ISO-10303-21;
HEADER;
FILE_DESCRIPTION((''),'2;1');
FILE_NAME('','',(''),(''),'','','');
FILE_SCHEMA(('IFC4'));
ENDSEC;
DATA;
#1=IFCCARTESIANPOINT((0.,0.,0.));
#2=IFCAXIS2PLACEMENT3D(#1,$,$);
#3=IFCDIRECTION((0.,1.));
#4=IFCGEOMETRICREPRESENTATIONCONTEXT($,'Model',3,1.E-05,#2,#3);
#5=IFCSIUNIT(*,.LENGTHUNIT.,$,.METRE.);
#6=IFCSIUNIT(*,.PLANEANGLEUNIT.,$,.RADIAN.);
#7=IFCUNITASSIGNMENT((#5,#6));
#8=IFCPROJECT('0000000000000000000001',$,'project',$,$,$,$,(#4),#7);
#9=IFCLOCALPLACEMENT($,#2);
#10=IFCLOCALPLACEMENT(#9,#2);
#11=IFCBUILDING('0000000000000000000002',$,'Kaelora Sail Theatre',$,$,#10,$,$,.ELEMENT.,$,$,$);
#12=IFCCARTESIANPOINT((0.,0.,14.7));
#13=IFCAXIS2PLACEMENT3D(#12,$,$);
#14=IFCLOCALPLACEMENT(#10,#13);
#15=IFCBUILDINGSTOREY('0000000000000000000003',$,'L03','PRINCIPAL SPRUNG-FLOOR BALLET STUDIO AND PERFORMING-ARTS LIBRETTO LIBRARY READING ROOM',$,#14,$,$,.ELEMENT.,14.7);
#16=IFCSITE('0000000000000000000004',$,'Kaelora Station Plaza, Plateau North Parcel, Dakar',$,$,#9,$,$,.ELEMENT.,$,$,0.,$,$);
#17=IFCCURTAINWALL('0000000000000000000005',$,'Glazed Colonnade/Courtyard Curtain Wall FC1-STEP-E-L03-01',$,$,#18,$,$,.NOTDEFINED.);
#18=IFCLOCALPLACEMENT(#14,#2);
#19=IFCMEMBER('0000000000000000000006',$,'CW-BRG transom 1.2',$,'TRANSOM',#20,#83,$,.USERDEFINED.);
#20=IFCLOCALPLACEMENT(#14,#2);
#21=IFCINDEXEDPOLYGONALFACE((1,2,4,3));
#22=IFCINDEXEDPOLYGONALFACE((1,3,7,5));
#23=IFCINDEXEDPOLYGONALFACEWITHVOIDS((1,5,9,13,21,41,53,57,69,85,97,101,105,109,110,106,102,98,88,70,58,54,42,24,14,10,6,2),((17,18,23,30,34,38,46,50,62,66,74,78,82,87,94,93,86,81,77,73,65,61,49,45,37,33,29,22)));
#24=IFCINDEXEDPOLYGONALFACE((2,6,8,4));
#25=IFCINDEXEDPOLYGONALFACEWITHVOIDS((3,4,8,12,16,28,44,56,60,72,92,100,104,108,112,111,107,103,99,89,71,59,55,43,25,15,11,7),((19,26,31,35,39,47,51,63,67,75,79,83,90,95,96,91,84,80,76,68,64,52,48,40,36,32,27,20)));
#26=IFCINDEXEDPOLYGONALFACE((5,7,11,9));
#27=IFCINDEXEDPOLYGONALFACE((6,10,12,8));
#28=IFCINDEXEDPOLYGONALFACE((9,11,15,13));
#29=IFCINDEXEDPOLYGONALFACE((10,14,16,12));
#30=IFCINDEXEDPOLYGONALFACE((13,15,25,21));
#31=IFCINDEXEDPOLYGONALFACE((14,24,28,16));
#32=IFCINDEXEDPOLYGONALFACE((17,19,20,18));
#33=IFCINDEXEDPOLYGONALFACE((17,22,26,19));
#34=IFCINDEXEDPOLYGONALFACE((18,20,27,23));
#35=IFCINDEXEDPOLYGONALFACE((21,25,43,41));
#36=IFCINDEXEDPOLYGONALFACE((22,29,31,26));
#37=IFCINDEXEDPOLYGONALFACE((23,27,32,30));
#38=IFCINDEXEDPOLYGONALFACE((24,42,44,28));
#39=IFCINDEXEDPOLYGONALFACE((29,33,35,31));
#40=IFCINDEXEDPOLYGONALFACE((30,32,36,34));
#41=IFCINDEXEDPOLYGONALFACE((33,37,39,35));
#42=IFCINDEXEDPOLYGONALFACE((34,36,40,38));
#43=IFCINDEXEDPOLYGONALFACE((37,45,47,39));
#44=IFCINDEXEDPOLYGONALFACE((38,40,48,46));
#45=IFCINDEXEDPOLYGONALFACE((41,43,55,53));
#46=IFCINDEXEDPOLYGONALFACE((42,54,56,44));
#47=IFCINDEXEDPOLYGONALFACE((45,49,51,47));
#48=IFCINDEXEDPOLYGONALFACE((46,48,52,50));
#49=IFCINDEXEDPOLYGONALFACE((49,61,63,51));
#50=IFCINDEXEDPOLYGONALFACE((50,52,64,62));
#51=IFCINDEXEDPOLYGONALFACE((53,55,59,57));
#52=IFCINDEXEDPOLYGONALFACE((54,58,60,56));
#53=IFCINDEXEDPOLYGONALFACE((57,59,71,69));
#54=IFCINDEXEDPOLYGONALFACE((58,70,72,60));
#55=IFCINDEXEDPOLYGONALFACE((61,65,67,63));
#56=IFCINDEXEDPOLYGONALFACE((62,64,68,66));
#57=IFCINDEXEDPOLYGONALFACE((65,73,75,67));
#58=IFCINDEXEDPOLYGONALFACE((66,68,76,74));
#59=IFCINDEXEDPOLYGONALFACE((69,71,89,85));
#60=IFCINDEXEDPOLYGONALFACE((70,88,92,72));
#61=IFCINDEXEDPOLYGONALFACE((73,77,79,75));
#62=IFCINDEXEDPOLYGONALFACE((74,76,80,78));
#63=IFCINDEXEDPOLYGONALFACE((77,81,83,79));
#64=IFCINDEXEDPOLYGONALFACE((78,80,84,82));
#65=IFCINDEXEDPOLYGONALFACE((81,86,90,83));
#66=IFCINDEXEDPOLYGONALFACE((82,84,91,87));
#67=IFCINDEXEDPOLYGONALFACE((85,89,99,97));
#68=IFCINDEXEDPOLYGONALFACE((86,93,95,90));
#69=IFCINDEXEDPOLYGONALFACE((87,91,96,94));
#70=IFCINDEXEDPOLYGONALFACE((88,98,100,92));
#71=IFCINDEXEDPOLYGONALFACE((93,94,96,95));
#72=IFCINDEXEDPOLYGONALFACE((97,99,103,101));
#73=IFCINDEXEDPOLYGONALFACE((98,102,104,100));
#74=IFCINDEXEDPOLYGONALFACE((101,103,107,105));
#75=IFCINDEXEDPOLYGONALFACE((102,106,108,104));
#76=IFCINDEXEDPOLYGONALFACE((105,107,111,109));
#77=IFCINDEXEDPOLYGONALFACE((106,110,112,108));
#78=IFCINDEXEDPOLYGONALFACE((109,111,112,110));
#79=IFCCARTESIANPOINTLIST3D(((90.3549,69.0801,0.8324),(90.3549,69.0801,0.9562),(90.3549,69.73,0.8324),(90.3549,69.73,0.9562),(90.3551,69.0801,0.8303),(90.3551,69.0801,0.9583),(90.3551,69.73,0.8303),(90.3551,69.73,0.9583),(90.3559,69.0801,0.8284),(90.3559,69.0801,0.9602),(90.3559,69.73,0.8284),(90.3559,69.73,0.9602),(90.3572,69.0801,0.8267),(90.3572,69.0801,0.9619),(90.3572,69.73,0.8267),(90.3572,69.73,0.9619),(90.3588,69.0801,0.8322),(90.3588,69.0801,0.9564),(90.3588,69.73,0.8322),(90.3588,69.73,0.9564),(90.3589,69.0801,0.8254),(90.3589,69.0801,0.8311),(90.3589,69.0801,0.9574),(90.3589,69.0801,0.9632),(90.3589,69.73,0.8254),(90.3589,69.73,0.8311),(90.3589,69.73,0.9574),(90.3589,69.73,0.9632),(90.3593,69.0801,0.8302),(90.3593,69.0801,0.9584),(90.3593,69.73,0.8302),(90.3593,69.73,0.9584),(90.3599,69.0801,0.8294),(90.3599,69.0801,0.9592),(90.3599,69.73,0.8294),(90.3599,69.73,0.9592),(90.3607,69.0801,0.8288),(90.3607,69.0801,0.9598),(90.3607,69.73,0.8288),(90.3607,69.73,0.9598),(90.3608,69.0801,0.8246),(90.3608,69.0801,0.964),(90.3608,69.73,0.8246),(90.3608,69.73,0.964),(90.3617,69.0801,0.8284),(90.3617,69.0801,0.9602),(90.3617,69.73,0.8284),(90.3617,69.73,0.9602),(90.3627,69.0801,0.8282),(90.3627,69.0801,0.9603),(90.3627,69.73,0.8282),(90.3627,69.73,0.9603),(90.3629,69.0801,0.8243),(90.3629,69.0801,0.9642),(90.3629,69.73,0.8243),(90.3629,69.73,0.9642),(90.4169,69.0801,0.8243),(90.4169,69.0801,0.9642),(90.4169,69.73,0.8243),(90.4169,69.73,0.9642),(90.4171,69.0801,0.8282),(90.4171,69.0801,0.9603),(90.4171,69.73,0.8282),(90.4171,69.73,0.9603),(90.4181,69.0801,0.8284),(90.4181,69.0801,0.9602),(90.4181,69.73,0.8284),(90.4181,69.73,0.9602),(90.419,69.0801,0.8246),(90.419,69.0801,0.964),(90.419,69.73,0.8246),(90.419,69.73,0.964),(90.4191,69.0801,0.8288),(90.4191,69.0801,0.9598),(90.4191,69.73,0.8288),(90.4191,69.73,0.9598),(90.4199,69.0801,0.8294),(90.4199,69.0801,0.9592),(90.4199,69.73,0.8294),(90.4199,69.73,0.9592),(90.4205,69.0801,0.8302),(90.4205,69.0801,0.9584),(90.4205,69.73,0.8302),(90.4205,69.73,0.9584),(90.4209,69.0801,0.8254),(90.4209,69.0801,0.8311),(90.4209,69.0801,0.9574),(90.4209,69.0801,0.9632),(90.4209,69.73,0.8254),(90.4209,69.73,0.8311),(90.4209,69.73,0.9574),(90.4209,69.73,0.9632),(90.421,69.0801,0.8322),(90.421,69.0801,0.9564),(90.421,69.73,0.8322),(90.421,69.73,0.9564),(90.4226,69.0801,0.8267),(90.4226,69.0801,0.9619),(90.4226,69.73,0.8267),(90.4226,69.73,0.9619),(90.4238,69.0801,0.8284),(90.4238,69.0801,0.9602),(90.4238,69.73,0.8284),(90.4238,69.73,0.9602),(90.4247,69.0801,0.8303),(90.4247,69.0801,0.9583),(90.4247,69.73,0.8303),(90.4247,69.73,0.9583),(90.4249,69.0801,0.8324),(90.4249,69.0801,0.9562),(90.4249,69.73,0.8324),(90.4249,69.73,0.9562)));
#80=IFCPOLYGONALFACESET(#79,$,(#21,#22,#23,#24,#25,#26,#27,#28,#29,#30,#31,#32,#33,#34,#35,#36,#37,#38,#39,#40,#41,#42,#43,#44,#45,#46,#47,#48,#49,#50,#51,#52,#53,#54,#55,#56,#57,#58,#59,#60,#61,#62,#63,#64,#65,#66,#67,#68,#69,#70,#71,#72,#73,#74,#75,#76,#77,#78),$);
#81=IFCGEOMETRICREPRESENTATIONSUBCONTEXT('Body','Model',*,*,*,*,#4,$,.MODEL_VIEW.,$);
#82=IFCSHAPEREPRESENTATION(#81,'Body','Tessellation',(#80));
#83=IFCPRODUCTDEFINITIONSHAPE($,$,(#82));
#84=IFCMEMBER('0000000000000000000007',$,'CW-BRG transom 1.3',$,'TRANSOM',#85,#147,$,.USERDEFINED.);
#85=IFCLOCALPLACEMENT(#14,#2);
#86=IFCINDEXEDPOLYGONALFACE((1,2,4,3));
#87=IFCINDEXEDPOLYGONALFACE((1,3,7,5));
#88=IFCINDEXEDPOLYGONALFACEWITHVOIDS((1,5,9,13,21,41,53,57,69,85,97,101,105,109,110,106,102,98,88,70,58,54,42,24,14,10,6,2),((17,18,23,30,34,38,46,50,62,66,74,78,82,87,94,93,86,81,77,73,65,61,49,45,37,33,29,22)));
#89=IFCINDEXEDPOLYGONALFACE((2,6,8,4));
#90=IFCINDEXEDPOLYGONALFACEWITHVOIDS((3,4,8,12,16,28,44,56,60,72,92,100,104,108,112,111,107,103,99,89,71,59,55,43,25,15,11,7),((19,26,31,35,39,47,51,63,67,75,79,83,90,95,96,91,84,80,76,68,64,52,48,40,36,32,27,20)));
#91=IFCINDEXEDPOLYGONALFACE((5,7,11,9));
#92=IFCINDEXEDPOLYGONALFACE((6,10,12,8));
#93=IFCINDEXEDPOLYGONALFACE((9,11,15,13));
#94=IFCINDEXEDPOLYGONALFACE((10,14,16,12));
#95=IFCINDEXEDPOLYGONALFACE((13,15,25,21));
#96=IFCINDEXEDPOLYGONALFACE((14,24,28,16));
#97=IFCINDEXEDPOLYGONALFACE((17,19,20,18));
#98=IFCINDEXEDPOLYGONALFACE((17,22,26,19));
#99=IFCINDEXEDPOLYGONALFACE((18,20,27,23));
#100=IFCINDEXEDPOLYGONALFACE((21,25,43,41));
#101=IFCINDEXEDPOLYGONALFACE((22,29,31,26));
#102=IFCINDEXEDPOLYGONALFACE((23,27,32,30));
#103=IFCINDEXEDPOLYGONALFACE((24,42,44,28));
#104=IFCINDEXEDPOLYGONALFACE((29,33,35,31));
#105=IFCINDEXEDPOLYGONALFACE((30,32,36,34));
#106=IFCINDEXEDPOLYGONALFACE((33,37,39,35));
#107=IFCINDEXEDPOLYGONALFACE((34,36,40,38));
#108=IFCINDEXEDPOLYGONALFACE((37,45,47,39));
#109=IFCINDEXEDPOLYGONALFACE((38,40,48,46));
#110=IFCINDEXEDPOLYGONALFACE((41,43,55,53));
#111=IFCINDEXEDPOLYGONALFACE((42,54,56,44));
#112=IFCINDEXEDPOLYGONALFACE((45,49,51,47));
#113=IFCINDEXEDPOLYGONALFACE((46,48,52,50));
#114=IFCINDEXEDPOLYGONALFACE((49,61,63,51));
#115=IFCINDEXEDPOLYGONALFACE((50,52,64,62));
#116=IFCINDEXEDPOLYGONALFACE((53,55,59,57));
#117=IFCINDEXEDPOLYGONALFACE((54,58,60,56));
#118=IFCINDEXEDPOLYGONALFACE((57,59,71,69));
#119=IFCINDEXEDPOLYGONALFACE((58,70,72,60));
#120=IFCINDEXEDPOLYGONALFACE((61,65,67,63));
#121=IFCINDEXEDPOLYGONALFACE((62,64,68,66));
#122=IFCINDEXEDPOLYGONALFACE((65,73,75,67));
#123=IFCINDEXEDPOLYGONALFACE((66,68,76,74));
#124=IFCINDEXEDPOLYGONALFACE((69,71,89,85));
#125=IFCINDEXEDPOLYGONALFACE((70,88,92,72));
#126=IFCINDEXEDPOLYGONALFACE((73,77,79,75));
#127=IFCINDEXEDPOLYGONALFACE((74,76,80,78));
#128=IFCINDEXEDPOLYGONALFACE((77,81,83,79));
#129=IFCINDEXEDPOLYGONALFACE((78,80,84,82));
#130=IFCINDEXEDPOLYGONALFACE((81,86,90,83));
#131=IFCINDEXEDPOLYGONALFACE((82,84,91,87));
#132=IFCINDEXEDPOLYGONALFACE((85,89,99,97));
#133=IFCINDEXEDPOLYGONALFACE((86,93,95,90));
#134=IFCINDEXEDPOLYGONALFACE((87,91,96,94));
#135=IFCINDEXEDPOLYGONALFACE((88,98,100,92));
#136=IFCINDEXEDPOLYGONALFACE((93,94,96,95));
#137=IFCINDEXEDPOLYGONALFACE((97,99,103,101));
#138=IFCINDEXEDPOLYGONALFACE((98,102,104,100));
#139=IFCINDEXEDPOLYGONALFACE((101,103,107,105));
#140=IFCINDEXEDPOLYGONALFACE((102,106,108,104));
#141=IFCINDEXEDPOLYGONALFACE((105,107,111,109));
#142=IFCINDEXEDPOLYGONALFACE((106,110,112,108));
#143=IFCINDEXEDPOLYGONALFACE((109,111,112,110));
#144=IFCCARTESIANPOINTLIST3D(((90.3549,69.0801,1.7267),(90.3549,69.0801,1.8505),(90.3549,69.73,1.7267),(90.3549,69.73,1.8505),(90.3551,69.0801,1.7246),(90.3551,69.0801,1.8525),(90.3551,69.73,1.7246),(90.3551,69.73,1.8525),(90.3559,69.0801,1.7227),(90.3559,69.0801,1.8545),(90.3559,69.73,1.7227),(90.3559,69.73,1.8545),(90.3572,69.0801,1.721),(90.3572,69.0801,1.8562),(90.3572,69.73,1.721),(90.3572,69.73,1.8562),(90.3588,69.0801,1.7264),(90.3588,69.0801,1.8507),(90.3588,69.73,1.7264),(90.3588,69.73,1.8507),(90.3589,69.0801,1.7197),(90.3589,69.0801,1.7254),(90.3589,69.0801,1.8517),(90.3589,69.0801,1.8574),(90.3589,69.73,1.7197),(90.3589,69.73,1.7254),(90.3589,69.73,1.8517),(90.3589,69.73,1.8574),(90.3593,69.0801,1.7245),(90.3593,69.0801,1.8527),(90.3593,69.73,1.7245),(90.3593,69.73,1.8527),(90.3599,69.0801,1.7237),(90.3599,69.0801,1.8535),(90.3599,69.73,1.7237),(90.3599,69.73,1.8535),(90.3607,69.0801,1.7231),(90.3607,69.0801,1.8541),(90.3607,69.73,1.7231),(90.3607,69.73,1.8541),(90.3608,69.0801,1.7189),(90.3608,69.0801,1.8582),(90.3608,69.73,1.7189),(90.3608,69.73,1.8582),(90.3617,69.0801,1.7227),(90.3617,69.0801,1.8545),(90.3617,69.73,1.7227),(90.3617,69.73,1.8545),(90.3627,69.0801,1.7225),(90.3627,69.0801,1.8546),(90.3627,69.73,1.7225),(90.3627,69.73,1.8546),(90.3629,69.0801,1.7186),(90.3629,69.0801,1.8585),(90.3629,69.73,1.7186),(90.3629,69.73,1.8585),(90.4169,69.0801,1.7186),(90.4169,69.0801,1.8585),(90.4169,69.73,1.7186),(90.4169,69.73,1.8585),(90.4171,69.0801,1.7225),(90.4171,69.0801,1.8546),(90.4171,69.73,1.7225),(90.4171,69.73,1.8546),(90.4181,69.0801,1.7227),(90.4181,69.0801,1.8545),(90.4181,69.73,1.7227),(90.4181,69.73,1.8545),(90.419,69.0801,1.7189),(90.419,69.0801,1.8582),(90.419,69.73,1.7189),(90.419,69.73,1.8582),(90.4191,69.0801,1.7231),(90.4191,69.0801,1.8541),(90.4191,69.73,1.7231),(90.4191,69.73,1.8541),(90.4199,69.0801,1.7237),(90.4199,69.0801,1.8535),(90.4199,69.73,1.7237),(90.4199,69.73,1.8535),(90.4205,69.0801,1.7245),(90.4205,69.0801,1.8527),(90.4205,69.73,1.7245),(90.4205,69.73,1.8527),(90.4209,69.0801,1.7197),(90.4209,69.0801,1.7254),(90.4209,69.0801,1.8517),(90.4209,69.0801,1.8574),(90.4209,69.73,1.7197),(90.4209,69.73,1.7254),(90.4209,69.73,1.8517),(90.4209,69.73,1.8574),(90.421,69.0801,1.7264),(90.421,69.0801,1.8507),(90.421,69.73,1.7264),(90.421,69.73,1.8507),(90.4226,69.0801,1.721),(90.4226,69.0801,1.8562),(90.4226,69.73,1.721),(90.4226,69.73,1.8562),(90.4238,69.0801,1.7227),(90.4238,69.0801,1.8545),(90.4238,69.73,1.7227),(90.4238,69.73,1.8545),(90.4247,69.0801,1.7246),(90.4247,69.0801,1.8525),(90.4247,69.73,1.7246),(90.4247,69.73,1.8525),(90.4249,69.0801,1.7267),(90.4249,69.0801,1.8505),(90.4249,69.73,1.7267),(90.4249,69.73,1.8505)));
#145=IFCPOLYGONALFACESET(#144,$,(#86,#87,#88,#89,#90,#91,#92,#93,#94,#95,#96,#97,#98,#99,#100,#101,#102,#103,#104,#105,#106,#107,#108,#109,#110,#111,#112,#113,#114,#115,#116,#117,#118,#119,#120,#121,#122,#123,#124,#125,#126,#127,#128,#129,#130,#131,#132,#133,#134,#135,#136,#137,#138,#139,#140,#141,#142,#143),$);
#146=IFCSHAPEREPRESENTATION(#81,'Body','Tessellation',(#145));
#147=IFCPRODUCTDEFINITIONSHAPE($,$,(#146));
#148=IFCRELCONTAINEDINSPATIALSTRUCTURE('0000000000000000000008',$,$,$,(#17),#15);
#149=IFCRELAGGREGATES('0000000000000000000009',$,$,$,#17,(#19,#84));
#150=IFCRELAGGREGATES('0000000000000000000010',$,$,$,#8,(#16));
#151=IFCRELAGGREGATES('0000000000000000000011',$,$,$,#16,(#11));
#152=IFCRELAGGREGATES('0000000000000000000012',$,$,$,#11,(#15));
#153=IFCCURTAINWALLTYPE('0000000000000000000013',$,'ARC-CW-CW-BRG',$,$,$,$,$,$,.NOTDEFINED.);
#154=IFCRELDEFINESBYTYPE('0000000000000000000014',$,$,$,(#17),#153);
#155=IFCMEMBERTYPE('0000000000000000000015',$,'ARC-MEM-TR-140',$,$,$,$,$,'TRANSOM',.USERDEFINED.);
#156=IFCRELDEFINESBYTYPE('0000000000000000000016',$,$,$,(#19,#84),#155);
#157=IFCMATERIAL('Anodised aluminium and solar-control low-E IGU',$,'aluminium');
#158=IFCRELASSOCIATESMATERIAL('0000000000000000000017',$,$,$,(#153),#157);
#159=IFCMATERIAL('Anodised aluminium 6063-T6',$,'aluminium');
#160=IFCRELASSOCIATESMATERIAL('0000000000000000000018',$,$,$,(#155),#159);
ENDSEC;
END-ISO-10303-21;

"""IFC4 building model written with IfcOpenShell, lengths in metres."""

from ifc_helpers import new_model, si_unit, direction, frame, origin, origin_2d, place, context, subcontext, project, spatial, hollow_rectangle, extrude, material, material_profile, profile_set, type_object, element, aggregate, save


model = new_model("IFC4")

# Units and contexts
model_context = context("Model", 3, precision=1e-05, world=origin(), true_north=direction((0.0, 1.0)))
body_context = subcontext(model_context, "Body", "Model", "MODEL_VIEW")
ifc_project = project(units=[si_unit("LENGTHUNIT", "METRE"), si_unit("PLANEANGLEUNIT", "RADIAN")], contexts=[model_context])

# Site, building, storey
site_placement = place(None, origin())
site = spatial("IfcSite", under=ifc_project, at=site_placement, Name="Kaelora Station Plaza, Plateau North Parcel, Dakar", CompositionType="ELEMENT", RefElevation=0.0)
building_placement = place(site_placement, origin())
building = spatial("IfcBuilding", under=site, at=building_placement, Name="Kaelora Sail Theatre", CompositionType="ELEMENT")
storey_placement = place(building_placement, frame((0.0, 0.0, 14.7)))
storey = spatial("IfcBuildingStorey", under=building, at=storey_placement, Name="L03", Description="PRINCIPAL SPRUNG-FLOOR BALLET STUDIO AND PERFORMING-ARTS LIBRETTO LIBRARY READING ROOM", CompositionType="ELEMENT", Elevation=14.7)

# Shared definitions
ifc_material_1 = material(Name="Anodised aluminium and solar-control low-E IGU", Category="aluminium")
curtain_wall_type = type_object("IfcCurtainWallType", Name="ARC-CW-CW-BRG", PredefinedType="NOTDEFINED", material=ifc_material_1)

# Curtain wall
curtain_wall_1_placement = place(storey_placement, origin())
curtain_wall_1 = element("IfcCurtainWall", 1, at=curtain_wall_1_placement, inside=storey, type_object=curtain_wall_type, Name="Glazed Colonnade/Courtyard Curtain Wall FC1-STEP-E-L03-01", PredefinedType="NOTDEFINED")

# Members
ifc_material_2 = material(Name="Anodised aluminium 6063-T6", Category="aluminium")
ifc_material_profile_1 = material_profile(ifc_material_2, hollow_rectangle(XDim=0.0701, YDim=0.1399, WallThickness=0.0039, InnerFilletRadius=0.0039, OuterFilletRadius=0.0081, at=origin_2d()), Name="ALU-TRAN 70x140x4")
ifc_profile_set_1 = profile_set([ifc_material_profile_1], Name="Anodised aluminium 6063-T6")
member_type_1 = type_object("IfcMemberType", Name="ARC-MEM-TR-140", ElementType="TRANSOM", PredefinedType="USERDEFINED", material=ifc_profile_set_1)
member_1_placement = place(storey_placement, frame((90.3899, 69.0801, 0.8943), z_axis=(0.0, 1.0, 0.0), x_axis=(-1.0, 0.0, 0.0)))
member_1 = element("IfcMember", 2, at=member_1_placement, type_object=member_type_1, Name="CW-BRG transom 1.2", ObjectType="TRANSOM", PredefinedType="USERDEFINED", context=body_context, shape_type="SweptSolid", body=[
    extrude(hollow_rectangle(XDim=0.0701, YDim=0.1399, WallThickness=0.0039, InnerFilletRadius=0.0039, OuterFilletRadius=0.0081, at=origin_2d()), origin(), (0.0, 0.0, 1.0), 0.6499),
])
member_2_placement = place(storey_placement, frame((90.3899, 69.0801, 1.7886), z_axis=(0.0, 1.0, 0.0), x_axis=(-1.0, 0.0, 0.0)))
member_2 = element("IfcMember", 3, at=member_2_placement, type_object=member_type_1, Name="CW-BRG transom 1.3", ObjectType="TRANSOM", PredefinedType="USERDEFINED", context=body_context, shape_type="SweptSolid", body=[
    extrude(hollow_rectangle(XDim=0.0701, YDim=0.1399, WallThickness=0.0039, InnerFilletRadius=0.0039, OuterFilletRadius=0.0081, at=origin_2d()), origin(), (0.0, 0.0, 1.0), 0.6499),
])

aggregate(curtain_wall_1, [member_1, member_2])

save(model, "model.ifc")
